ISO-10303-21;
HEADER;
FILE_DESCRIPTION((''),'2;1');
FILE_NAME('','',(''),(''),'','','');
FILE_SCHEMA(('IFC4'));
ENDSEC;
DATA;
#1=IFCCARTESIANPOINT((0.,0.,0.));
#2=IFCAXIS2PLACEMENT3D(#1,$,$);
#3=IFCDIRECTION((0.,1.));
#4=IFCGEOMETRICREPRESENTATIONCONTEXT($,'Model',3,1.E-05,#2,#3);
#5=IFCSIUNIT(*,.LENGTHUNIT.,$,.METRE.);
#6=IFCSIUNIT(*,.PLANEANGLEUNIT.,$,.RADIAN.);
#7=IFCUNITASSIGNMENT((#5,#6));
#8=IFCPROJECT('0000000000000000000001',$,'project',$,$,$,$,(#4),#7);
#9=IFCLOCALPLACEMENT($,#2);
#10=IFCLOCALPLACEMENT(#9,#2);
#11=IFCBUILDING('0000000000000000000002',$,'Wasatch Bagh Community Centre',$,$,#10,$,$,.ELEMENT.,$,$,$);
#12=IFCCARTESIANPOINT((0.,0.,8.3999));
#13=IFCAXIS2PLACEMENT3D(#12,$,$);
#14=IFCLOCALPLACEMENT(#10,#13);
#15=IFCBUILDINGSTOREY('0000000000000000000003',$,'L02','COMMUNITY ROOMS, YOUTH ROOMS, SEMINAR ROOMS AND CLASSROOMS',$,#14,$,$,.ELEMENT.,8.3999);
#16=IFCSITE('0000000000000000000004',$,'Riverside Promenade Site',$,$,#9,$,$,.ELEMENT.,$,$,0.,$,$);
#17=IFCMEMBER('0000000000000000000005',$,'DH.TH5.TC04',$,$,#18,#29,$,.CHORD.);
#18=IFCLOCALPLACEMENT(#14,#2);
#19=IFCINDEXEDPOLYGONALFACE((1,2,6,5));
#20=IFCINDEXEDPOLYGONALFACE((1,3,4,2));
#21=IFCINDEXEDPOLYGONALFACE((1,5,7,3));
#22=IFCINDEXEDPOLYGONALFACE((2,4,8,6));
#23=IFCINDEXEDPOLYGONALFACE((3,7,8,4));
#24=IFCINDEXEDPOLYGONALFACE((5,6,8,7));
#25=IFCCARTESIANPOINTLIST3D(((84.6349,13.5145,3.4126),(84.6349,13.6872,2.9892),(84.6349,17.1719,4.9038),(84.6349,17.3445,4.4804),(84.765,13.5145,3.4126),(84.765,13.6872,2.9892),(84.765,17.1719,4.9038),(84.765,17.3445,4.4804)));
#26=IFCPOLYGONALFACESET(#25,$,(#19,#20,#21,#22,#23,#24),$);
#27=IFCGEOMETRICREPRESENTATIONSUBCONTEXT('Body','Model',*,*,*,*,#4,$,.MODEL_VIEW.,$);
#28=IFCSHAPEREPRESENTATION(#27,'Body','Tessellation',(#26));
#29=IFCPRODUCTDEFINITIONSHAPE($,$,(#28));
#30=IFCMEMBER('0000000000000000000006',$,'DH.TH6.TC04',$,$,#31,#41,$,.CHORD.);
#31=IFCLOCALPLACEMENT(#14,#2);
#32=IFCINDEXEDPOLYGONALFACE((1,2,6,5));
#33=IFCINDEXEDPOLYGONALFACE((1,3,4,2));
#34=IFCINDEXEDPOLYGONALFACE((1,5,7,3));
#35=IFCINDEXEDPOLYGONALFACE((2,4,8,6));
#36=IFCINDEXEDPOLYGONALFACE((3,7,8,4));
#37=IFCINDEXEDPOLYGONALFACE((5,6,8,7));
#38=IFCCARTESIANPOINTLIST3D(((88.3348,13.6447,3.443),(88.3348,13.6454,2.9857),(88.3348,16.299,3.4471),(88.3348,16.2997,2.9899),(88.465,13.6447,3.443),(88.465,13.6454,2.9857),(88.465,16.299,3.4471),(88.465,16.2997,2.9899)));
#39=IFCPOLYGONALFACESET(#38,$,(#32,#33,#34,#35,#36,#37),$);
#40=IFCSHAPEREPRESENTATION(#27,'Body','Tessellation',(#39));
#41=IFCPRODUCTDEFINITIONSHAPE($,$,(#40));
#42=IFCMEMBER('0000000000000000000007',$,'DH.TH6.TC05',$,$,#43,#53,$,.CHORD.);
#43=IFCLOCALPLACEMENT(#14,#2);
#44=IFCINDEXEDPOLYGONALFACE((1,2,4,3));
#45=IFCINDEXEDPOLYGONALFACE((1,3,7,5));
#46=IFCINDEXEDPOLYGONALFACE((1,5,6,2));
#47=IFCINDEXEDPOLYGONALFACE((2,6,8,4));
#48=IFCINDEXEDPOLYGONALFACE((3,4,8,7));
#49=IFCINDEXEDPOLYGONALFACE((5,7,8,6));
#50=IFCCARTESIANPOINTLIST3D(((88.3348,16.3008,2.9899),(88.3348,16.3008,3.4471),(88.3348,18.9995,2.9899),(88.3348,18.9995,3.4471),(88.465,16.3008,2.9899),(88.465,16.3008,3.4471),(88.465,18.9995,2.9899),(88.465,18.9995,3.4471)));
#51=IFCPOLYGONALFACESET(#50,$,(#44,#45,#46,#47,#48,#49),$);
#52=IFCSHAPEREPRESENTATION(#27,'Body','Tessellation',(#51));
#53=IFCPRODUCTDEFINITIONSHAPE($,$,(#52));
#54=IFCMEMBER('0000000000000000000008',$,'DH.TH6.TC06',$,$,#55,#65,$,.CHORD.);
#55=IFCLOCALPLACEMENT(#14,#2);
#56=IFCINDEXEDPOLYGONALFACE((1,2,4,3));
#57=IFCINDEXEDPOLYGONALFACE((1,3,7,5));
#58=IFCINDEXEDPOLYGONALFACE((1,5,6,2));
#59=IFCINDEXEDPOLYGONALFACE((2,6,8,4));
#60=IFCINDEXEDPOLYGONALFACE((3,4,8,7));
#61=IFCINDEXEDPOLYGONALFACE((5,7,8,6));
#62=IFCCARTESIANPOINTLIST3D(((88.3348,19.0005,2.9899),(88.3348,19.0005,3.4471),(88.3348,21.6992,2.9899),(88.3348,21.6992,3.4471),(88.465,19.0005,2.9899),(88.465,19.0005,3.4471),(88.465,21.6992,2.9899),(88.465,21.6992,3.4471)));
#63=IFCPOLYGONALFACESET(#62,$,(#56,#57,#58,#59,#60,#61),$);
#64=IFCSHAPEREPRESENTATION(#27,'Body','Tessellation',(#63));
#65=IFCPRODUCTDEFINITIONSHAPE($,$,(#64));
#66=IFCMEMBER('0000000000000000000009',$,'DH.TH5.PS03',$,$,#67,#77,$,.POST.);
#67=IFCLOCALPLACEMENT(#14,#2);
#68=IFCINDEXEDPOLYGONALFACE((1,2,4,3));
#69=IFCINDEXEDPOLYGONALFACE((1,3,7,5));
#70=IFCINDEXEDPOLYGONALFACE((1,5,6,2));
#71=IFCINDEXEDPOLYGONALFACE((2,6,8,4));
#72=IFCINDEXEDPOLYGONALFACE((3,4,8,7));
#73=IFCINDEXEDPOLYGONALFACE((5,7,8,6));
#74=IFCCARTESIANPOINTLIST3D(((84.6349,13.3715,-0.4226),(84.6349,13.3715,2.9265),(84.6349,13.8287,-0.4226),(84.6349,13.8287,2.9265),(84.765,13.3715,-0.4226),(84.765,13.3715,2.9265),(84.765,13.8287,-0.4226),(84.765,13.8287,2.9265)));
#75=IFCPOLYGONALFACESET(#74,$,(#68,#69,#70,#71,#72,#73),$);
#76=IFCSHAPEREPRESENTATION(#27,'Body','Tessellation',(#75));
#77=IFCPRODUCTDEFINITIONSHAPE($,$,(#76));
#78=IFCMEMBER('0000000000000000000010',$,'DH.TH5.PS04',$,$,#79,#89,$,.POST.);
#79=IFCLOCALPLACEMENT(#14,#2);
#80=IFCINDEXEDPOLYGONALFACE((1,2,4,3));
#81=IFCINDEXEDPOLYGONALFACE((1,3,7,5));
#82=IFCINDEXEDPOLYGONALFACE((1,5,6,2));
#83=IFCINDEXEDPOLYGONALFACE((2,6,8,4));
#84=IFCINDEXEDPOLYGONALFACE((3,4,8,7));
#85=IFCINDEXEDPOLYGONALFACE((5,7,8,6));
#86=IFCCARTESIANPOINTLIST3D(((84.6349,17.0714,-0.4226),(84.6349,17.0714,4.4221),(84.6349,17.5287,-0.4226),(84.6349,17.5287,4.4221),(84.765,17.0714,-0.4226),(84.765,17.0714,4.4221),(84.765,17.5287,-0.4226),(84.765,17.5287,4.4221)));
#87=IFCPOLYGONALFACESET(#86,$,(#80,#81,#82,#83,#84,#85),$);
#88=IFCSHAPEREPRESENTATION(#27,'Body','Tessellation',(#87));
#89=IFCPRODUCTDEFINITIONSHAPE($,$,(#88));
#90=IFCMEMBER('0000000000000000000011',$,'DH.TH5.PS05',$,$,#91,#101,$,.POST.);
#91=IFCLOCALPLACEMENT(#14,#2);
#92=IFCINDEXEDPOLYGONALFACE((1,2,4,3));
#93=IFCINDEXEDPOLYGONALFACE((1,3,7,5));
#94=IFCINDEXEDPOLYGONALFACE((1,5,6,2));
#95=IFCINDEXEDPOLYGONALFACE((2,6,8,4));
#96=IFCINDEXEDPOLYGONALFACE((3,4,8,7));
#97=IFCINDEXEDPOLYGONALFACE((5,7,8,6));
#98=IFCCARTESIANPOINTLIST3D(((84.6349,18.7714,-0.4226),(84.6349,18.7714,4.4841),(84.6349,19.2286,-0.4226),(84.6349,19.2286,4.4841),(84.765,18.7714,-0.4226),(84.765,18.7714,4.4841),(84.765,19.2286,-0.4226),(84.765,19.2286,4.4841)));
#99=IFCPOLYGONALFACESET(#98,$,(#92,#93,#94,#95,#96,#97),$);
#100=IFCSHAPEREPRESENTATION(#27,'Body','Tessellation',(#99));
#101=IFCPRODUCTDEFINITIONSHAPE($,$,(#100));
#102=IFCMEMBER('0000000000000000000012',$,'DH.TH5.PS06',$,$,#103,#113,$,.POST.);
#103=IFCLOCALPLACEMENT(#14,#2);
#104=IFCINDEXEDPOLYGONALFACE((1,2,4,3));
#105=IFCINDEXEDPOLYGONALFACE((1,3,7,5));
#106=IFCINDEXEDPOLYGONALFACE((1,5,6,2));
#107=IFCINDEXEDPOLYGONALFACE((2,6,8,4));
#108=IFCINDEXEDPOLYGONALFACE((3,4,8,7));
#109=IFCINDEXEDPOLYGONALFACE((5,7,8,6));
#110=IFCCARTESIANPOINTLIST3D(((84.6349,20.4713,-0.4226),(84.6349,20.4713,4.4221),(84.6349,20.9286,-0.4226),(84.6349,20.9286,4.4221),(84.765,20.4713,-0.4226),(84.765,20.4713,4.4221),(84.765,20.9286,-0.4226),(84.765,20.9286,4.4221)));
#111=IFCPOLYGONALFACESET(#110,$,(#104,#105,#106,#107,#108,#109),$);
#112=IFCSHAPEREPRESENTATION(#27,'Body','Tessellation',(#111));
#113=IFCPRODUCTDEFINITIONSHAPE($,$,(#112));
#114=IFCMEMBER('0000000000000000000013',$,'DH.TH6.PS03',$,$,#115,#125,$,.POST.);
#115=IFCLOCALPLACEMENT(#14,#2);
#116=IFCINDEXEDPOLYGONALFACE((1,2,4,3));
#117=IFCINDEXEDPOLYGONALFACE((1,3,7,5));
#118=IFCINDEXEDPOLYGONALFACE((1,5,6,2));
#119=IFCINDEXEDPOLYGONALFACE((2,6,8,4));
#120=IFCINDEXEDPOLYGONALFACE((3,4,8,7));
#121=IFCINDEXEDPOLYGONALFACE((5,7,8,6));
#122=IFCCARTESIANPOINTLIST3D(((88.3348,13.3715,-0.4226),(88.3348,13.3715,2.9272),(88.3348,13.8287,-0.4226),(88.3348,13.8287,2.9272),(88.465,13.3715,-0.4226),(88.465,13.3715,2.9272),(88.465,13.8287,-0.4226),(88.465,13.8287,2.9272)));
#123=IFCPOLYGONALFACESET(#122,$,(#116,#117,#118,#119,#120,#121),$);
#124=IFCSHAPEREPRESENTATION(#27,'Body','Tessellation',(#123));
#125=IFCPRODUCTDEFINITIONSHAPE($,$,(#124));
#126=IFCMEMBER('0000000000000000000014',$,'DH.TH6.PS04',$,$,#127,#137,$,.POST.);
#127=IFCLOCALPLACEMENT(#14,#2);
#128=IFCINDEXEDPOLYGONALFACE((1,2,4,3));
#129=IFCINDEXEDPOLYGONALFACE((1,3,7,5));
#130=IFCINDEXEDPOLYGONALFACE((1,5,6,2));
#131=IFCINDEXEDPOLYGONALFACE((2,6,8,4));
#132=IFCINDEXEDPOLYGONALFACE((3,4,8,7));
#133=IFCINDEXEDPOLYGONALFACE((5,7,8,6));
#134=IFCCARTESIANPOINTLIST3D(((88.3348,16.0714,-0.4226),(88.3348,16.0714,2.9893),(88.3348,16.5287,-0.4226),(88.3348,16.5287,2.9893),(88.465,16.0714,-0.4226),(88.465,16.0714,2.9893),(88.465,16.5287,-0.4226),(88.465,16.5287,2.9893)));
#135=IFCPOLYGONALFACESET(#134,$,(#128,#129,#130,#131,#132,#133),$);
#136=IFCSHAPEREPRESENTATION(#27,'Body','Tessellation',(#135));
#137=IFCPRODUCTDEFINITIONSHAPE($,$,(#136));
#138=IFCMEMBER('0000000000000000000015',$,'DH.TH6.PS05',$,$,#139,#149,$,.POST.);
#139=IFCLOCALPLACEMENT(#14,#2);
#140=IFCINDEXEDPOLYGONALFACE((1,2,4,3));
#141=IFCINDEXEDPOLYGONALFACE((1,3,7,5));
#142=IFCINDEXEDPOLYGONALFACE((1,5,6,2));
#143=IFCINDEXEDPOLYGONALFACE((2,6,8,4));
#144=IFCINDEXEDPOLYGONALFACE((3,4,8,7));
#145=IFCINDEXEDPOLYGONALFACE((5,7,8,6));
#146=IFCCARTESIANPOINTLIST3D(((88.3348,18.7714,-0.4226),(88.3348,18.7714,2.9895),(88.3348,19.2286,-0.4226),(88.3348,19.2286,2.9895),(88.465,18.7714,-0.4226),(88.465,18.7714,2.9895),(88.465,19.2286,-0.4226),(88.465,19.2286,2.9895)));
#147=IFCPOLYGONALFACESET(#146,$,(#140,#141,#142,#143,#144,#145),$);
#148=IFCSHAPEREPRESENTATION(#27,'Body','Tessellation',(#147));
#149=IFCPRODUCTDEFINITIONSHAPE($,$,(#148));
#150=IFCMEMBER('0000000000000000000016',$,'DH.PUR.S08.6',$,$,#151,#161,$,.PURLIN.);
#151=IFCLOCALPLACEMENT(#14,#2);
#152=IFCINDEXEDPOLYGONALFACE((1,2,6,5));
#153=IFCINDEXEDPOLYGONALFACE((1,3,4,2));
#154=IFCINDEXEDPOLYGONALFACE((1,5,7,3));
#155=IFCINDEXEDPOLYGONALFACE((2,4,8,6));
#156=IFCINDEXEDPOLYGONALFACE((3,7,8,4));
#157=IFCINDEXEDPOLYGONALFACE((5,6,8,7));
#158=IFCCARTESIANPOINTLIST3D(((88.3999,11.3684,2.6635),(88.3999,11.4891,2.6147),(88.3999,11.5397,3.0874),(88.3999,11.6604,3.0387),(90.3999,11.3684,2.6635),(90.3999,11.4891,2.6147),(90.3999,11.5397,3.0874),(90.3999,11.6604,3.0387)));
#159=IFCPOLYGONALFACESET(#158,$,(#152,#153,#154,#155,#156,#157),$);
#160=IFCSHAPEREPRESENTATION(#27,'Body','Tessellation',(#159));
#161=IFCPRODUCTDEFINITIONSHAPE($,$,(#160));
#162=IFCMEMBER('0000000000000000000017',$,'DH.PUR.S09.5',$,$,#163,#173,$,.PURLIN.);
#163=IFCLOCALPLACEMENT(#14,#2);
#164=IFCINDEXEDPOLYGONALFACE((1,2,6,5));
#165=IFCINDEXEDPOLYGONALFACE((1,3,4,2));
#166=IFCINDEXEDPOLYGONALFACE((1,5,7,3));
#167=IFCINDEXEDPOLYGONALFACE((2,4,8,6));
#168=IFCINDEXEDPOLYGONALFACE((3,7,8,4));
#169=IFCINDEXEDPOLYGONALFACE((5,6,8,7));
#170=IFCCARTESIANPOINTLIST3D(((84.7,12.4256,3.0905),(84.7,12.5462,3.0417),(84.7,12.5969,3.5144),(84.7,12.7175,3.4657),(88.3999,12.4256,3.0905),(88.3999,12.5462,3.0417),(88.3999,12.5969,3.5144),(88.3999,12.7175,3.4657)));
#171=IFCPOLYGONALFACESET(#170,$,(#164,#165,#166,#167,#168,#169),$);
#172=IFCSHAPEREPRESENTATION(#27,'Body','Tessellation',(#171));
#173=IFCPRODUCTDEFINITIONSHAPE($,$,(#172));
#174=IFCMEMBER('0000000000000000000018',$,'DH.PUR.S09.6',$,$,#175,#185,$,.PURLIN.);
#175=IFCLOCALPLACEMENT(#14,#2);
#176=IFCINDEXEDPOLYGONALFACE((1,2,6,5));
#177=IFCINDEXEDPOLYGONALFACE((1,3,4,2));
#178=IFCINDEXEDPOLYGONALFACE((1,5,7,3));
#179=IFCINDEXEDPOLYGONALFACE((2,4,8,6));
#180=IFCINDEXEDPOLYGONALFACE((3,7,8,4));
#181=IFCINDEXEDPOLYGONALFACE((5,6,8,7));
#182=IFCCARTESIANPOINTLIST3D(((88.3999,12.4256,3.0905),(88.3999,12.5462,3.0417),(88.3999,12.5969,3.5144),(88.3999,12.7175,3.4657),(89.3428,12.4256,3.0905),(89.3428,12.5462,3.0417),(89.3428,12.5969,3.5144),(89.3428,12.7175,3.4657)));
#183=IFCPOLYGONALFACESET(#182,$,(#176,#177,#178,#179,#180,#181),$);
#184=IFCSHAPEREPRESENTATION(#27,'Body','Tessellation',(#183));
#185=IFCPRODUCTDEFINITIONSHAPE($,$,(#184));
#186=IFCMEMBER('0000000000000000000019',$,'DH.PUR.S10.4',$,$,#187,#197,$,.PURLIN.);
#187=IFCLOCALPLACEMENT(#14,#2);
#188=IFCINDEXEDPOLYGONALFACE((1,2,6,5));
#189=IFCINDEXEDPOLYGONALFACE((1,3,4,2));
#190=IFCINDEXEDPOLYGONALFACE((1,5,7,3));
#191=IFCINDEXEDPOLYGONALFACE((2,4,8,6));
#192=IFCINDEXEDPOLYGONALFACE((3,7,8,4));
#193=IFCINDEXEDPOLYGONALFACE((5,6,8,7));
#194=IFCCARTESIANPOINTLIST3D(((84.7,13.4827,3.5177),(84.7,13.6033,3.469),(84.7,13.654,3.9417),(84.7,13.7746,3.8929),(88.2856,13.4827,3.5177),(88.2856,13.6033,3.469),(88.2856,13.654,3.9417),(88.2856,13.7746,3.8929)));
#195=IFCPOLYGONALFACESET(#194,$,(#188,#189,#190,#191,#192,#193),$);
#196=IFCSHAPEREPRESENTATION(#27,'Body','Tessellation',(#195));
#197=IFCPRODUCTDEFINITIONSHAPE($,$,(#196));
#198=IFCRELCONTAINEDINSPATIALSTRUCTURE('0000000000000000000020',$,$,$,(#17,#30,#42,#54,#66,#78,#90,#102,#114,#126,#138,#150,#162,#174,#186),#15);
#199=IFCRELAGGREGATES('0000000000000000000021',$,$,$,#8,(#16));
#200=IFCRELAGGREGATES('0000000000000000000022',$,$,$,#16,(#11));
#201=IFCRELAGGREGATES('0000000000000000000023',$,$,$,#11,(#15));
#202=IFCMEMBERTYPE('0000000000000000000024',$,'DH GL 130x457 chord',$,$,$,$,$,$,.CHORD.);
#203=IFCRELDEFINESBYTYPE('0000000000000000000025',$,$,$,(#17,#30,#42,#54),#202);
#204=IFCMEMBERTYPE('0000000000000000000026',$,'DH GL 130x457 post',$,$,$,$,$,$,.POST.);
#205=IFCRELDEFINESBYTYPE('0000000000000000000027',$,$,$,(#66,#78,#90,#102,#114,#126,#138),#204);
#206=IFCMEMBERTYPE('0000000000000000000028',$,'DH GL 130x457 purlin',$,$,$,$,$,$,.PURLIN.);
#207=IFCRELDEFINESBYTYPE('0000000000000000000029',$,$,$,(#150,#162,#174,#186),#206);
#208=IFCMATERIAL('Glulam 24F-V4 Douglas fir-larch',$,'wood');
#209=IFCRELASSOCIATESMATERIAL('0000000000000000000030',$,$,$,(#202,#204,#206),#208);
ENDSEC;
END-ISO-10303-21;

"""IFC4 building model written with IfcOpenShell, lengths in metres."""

from ifc_helpers import new_model, si_unit, direction, frame, origin, origin_2d, place, context, subcontext, project, spatial, rectangle, extrude, material, material_profile, profile_set, type_object, element, save


model = new_model("IFC4")

# Units and contexts
model_context = context("Model", 3, precision=1e-05, world=origin(), true_north=direction((0.0, 1.0)))
body_context = subcontext(model_context, "Body", "Model", "MODEL_VIEW")
ifc_project = project(units=[si_unit("LENGTHUNIT", "METRE"), si_unit("PLANEANGLEUNIT", "RADIAN")], contexts=[model_context])

# Site, building, storey
site_placement = place(None, origin())
site = spatial("IfcSite", under=ifc_project, at=site_placement, Name="Riverside Promenade Site", CompositionType="ELEMENT", RefElevation=0.0)
building_placement = place(site_placement, origin())
building = spatial("IfcBuilding", under=site, at=building_placement, Name="Wasatch Bagh Community Centre", CompositionType="ELEMENT")
storey_placement = place(building_placement, frame((0.0, 0.0, 8.3999)))
storey = spatial("IfcBuildingStorey", under=building, at=storey_placement, Name="L02", Description="COMMUNITY ROOMS, YOUTH ROOMS, SEMINAR ROOMS AND CLASSROOMS", CompositionType="ELEMENT", Elevation=8.3999)

# Members
ifc_material_1 = material(Name="Glulam 24F-V4 Douglas fir-larch", Category="wood")
ifc_material_profile_1 = material_profile(ifc_material_1, rectangle(XDim=0.1301, YDim=0.4573, at=origin_2d()), Name="GL 130x457")
ifc_profile_set_1 = profile_set([ifc_material_profile_1], Name="Glulam 24F-V4 Douglas fir-larch")
member_type_1 = type_object("IfcMemberType", Name="DH GL 130x457 chord", PredefinedType="CHORD", material=ifc_profile_set_1)
member_1_placement = place(storey_placement, frame((84.7, 13.6008, 3.2009), z_axis=(0.0, 0.925992, 0.377542), x_axis=(-1.0, 0.0, 0.0)))
element("IfcMember", 1, at=member_1_placement, inside=storey, type_object=member_type_1, Name="DH.TH5.TC04", PredefinedType="CHORD", context=body_context, shape_type="SweptSolid", body=[
    extrude(rectangle(XDim=0.1301, YDim=0.4573, at=origin_2d()), origin(), (0.0, 0.0, 1.0), 3.9497),
])
member_2_placement = place(storey_placement, frame((88.3999, 13.645, 3.2144), z_axis=(0.0, 0.999999, 0.001564), x_axis=(-1.0, 0.0, 0.0)))
element("IfcMember", 2, at=member_2_placement, inside=storey, type_object=member_type_1, Name="DH.TH6.TC04", PredefinedType="CHORD", context=body_context, shape_type="SweptSolid", body=[
    extrude(rectangle(XDim=0.1301, YDim=0.4573, at=origin_2d()), origin(), (0.0, 0.0, 1.0), 2.6543),
])
for number, where, z_axis, x_axis, name in (
    (3, (88.3999, 16.3008, 3.2185), (0.0, 1.0, 0.0), (-1.0, 0.0, 0.0), "DH.TH6.TC05"),
    (4, (88.3999, 19.0005, 3.2185), (0.0, 1.0, 0.0), (-1.0, 0.0, 0.0), "DH.TH6.TC06"),
):
    element("IfcMember", number, at=place(storey_placement, frame(where, z_axis=z_axis, x_axis=x_axis)), inside=storey, type_object=member_type_1, Name=name, PredefinedType="CHORD", context=body_context, shape_type="SweptSolid", body=[
        extrude(rectangle(XDim=0.1301, YDim=0.4573, at=origin_2d()), origin(), (0.0, 0.0, 1.0), 2.6987),
    ])
ifc_material_profile_2 = material_profile(ifc_material_1, rectangle(XDim=0.1301, YDim=0.4573, at=origin_2d()), Name="GL 130x457")
ifc_profile_set_2 = profile_set([ifc_material_profile_2], Name="Glulam 24F-V4 Douglas fir-larch")
member_type_2 = type_object("IfcMemberType", Name="DH GL 130x457 post", PredefinedType="POST", material=ifc_profile_set_2)
member_3_placement = place(storey_placement, frame((84.7, 13.6001, -0.4226), z_axis=(0.0, 0.0, 1.0), x_axis=(1.0, 0.0, 0.0)))
element("IfcMember", 5, at=member_3_placement, inside=storey, type_object=member_type_2, Name="DH.TH5.PS03", PredefinedType="POST", context=body_context, shape_type="SweptSolid", body=[
    extrude(rectangle(XDim=0.1301, YDim=0.4573, at=origin_2d()), origin(), (0.0, 0.0, 1.0), 3.3491),
])
member_4_placement = place(storey_placement, frame((84.7, 17.3, -0.4226), z_axis=(0.0, 0.0, 1.0), x_axis=(1.0, 0.0, 0.0)))
element("IfcMember", 6, at=member_4_placement, inside=storey, type_object=member_type_2, Name="DH.TH5.PS04", PredefinedType="POST", context=body_context, shape_type="SweptSolid", body=[
    extrude(rectangle(XDim=0.1301, YDim=0.4573, at=origin_2d()), origin(), (0.0, 0.0, 1.0), 4.8447),
])
member_5_placement = place(storey_placement, frame((84.7, 19.0, -0.4226), z_axis=(0.0, 0.0, 1.0), x_axis=(1.0, 0.0, 0.0)))
element("IfcMember", 7, at=member_5_placement, inside=storey, type_object=member_type_2, Name="DH.TH5.PS05", PredefinedType="POST", context=body_context, shape_type="SweptSolid", body=[
    extrude(rectangle(XDim=0.1301, YDim=0.4573, at=origin_2d()), origin(), (0.0, 0.0, 1.0), 4.9067),
])
member_6_placement = place(storey_placement, frame((84.7, 20.7, -0.4226), z_axis=(0.0, 0.0, 1.0), x_axis=(1.0, 0.0, 0.0)))
element("IfcMember", 8, at=member_6_placement, inside=storey, type_object=member_type_2, Name="DH.TH5.PS06", PredefinedType="POST", context=body_context, shape_type="SweptSolid", body=[
    extrude(rectangle(XDim=0.1301, YDim=0.4573, at=origin_2d()), origin(), (0.0, 0.0, 1.0), 4.8447),
])
member_7_placement = place(storey_placement, frame((88.3999, 13.6001, -0.4226), z_axis=(0.0, 0.0, 1.0), x_axis=(1.0, 0.0, 0.0)))
element("IfcMember", 9, at=member_7_placement, inside=storey, type_object=member_type_2, Name="DH.TH6.PS03", PredefinedType="POST", context=body_context, shape_type="SweptSolid", body=[
    extrude(rectangle(XDim=0.1301, YDim=0.4573, at=origin_2d()), origin(), (0.0, 0.0, 1.0), 3.3499),
])
member_8_placement = place(storey_placement, frame((88.3999, 16.3, -0.4226), z_axis=(0.0, 0.0, 1.0), x_axis=(1.0, 0.0, 0.0)))
element("IfcMember", 10, at=member_8_placement, inside=storey, type_object=member_type_2, Name="DH.TH6.PS04", PredefinedType="POST", context=body_context, shape_type="SweptSolid", body=[
    extrude(rectangle(XDim=0.1301, YDim=0.4573, at=origin_2d()), origin(), (0.0, 0.0, 1.0), 3.4119),
])
member_9_placement = place(storey_placement, frame((88.3999, 19.0, -0.4226), z_axis=(0.0, 0.0, 1.0), x_axis=(1.0, 0.0, 0.0)))
element("IfcMember", 11, at=member_9_placement, inside=storey, type_object=member_type_2, Name="DH.TH6.PS05", PredefinedType="POST", context=body_context, shape_type="SweptSolid", body=[
    extrude(rectangle(XDim=0.1301, YDim=0.4573, at=origin_2d()), origin(), (0.0, 0.0, 1.0), 3.4121),
])
ifc_material_profile_3 = material_profile(ifc_material_1, rectangle(XDim=0.1301, YDim=0.4573, at=origin_2d()), Name="GL 130x457")
ifc_profile_set_3 = profile_set([ifc_material_profile_3], Name="Glulam 24F-V4 Douglas fir-larch")
member_type_3 = type_object("IfcMemberType", Name="DH GL 130x457 purlin", PredefinedType="PURLIN", material=ifc_profile_set_3)
member_10_placement = place(storey_placement, frame((88.3999, 11.5144, 2.8511), z_axis=(1.0, 0.0, 0.0), x_axis=(0.0, 0.927184, -0.374607)))
element("IfcMember", 12, at=member_10_placement, inside=storey, type_object=member_type_3, Name="DH.PUR.S08.6", PredefinedType="PURLIN", context=body_context, shape_type="SweptSolid", body=[
    extrude(rectangle(XDim=0.1301, YDim=0.4573, at=origin_2d()), origin(), (0.0, 0.0, 1.0), 2.0),
])
member_11_placement = place(storey_placement, frame((84.7, 12.5715, 3.2781), z_axis=(1.0, 0.0, 0.0), x_axis=(0.0, 0.927184, -0.374607)))
element("IfcMember", 13, at=member_11_placement, inside=storey, type_object=member_type_3, Name="DH.PUR.S09.5", PredefinedType="PURLIN", context=body_context, shape_type="SweptSolid", body=[
    extrude(rectangle(XDim=0.1301, YDim=0.4573, at=origin_2d()), origin(), (0.0, 0.0, 1.0), 3.7),
])
member_12_placement = place(storey_placement, frame((88.3999, 12.5715, 3.2781), z_axis=(1.0, 0.0, 0.0), x_axis=(0.0, 0.927184, -0.374607)))
element("IfcMember", 14, at=member_12_placement, inside=storey, type_object=member_type_3, Name="DH.PUR.S09.6", PredefinedType="PURLIN", context=body_context, shape_type="SweptSolid", body=[
    extrude(rectangle(XDim=0.1301, YDim=0.4573, at=origin_2d()), origin(), (0.0, 0.0, 1.0), 0.9429),
])
member_13_placement = place(storey_placement, frame((84.7, 13.6287, 3.7053), z_axis=(1.0, 0.0, 0.0), x_axis=(0.0, 0.927184, -0.374607)))
element("IfcMember", 15, at=member_13_placement, inside=storey, type_object=member_type_3, Name="DH.PUR.S10.4", PredefinedType="PURLIN", context=body_context, shape_type="SweptSolid", body=[
    extrude(rectangle(XDim=0.1301, YDim=0.4573, at=origin_2d()), origin(), (0.0, 0.0, 1.0), 3.5857),
])

save(model, "model.ifc")
